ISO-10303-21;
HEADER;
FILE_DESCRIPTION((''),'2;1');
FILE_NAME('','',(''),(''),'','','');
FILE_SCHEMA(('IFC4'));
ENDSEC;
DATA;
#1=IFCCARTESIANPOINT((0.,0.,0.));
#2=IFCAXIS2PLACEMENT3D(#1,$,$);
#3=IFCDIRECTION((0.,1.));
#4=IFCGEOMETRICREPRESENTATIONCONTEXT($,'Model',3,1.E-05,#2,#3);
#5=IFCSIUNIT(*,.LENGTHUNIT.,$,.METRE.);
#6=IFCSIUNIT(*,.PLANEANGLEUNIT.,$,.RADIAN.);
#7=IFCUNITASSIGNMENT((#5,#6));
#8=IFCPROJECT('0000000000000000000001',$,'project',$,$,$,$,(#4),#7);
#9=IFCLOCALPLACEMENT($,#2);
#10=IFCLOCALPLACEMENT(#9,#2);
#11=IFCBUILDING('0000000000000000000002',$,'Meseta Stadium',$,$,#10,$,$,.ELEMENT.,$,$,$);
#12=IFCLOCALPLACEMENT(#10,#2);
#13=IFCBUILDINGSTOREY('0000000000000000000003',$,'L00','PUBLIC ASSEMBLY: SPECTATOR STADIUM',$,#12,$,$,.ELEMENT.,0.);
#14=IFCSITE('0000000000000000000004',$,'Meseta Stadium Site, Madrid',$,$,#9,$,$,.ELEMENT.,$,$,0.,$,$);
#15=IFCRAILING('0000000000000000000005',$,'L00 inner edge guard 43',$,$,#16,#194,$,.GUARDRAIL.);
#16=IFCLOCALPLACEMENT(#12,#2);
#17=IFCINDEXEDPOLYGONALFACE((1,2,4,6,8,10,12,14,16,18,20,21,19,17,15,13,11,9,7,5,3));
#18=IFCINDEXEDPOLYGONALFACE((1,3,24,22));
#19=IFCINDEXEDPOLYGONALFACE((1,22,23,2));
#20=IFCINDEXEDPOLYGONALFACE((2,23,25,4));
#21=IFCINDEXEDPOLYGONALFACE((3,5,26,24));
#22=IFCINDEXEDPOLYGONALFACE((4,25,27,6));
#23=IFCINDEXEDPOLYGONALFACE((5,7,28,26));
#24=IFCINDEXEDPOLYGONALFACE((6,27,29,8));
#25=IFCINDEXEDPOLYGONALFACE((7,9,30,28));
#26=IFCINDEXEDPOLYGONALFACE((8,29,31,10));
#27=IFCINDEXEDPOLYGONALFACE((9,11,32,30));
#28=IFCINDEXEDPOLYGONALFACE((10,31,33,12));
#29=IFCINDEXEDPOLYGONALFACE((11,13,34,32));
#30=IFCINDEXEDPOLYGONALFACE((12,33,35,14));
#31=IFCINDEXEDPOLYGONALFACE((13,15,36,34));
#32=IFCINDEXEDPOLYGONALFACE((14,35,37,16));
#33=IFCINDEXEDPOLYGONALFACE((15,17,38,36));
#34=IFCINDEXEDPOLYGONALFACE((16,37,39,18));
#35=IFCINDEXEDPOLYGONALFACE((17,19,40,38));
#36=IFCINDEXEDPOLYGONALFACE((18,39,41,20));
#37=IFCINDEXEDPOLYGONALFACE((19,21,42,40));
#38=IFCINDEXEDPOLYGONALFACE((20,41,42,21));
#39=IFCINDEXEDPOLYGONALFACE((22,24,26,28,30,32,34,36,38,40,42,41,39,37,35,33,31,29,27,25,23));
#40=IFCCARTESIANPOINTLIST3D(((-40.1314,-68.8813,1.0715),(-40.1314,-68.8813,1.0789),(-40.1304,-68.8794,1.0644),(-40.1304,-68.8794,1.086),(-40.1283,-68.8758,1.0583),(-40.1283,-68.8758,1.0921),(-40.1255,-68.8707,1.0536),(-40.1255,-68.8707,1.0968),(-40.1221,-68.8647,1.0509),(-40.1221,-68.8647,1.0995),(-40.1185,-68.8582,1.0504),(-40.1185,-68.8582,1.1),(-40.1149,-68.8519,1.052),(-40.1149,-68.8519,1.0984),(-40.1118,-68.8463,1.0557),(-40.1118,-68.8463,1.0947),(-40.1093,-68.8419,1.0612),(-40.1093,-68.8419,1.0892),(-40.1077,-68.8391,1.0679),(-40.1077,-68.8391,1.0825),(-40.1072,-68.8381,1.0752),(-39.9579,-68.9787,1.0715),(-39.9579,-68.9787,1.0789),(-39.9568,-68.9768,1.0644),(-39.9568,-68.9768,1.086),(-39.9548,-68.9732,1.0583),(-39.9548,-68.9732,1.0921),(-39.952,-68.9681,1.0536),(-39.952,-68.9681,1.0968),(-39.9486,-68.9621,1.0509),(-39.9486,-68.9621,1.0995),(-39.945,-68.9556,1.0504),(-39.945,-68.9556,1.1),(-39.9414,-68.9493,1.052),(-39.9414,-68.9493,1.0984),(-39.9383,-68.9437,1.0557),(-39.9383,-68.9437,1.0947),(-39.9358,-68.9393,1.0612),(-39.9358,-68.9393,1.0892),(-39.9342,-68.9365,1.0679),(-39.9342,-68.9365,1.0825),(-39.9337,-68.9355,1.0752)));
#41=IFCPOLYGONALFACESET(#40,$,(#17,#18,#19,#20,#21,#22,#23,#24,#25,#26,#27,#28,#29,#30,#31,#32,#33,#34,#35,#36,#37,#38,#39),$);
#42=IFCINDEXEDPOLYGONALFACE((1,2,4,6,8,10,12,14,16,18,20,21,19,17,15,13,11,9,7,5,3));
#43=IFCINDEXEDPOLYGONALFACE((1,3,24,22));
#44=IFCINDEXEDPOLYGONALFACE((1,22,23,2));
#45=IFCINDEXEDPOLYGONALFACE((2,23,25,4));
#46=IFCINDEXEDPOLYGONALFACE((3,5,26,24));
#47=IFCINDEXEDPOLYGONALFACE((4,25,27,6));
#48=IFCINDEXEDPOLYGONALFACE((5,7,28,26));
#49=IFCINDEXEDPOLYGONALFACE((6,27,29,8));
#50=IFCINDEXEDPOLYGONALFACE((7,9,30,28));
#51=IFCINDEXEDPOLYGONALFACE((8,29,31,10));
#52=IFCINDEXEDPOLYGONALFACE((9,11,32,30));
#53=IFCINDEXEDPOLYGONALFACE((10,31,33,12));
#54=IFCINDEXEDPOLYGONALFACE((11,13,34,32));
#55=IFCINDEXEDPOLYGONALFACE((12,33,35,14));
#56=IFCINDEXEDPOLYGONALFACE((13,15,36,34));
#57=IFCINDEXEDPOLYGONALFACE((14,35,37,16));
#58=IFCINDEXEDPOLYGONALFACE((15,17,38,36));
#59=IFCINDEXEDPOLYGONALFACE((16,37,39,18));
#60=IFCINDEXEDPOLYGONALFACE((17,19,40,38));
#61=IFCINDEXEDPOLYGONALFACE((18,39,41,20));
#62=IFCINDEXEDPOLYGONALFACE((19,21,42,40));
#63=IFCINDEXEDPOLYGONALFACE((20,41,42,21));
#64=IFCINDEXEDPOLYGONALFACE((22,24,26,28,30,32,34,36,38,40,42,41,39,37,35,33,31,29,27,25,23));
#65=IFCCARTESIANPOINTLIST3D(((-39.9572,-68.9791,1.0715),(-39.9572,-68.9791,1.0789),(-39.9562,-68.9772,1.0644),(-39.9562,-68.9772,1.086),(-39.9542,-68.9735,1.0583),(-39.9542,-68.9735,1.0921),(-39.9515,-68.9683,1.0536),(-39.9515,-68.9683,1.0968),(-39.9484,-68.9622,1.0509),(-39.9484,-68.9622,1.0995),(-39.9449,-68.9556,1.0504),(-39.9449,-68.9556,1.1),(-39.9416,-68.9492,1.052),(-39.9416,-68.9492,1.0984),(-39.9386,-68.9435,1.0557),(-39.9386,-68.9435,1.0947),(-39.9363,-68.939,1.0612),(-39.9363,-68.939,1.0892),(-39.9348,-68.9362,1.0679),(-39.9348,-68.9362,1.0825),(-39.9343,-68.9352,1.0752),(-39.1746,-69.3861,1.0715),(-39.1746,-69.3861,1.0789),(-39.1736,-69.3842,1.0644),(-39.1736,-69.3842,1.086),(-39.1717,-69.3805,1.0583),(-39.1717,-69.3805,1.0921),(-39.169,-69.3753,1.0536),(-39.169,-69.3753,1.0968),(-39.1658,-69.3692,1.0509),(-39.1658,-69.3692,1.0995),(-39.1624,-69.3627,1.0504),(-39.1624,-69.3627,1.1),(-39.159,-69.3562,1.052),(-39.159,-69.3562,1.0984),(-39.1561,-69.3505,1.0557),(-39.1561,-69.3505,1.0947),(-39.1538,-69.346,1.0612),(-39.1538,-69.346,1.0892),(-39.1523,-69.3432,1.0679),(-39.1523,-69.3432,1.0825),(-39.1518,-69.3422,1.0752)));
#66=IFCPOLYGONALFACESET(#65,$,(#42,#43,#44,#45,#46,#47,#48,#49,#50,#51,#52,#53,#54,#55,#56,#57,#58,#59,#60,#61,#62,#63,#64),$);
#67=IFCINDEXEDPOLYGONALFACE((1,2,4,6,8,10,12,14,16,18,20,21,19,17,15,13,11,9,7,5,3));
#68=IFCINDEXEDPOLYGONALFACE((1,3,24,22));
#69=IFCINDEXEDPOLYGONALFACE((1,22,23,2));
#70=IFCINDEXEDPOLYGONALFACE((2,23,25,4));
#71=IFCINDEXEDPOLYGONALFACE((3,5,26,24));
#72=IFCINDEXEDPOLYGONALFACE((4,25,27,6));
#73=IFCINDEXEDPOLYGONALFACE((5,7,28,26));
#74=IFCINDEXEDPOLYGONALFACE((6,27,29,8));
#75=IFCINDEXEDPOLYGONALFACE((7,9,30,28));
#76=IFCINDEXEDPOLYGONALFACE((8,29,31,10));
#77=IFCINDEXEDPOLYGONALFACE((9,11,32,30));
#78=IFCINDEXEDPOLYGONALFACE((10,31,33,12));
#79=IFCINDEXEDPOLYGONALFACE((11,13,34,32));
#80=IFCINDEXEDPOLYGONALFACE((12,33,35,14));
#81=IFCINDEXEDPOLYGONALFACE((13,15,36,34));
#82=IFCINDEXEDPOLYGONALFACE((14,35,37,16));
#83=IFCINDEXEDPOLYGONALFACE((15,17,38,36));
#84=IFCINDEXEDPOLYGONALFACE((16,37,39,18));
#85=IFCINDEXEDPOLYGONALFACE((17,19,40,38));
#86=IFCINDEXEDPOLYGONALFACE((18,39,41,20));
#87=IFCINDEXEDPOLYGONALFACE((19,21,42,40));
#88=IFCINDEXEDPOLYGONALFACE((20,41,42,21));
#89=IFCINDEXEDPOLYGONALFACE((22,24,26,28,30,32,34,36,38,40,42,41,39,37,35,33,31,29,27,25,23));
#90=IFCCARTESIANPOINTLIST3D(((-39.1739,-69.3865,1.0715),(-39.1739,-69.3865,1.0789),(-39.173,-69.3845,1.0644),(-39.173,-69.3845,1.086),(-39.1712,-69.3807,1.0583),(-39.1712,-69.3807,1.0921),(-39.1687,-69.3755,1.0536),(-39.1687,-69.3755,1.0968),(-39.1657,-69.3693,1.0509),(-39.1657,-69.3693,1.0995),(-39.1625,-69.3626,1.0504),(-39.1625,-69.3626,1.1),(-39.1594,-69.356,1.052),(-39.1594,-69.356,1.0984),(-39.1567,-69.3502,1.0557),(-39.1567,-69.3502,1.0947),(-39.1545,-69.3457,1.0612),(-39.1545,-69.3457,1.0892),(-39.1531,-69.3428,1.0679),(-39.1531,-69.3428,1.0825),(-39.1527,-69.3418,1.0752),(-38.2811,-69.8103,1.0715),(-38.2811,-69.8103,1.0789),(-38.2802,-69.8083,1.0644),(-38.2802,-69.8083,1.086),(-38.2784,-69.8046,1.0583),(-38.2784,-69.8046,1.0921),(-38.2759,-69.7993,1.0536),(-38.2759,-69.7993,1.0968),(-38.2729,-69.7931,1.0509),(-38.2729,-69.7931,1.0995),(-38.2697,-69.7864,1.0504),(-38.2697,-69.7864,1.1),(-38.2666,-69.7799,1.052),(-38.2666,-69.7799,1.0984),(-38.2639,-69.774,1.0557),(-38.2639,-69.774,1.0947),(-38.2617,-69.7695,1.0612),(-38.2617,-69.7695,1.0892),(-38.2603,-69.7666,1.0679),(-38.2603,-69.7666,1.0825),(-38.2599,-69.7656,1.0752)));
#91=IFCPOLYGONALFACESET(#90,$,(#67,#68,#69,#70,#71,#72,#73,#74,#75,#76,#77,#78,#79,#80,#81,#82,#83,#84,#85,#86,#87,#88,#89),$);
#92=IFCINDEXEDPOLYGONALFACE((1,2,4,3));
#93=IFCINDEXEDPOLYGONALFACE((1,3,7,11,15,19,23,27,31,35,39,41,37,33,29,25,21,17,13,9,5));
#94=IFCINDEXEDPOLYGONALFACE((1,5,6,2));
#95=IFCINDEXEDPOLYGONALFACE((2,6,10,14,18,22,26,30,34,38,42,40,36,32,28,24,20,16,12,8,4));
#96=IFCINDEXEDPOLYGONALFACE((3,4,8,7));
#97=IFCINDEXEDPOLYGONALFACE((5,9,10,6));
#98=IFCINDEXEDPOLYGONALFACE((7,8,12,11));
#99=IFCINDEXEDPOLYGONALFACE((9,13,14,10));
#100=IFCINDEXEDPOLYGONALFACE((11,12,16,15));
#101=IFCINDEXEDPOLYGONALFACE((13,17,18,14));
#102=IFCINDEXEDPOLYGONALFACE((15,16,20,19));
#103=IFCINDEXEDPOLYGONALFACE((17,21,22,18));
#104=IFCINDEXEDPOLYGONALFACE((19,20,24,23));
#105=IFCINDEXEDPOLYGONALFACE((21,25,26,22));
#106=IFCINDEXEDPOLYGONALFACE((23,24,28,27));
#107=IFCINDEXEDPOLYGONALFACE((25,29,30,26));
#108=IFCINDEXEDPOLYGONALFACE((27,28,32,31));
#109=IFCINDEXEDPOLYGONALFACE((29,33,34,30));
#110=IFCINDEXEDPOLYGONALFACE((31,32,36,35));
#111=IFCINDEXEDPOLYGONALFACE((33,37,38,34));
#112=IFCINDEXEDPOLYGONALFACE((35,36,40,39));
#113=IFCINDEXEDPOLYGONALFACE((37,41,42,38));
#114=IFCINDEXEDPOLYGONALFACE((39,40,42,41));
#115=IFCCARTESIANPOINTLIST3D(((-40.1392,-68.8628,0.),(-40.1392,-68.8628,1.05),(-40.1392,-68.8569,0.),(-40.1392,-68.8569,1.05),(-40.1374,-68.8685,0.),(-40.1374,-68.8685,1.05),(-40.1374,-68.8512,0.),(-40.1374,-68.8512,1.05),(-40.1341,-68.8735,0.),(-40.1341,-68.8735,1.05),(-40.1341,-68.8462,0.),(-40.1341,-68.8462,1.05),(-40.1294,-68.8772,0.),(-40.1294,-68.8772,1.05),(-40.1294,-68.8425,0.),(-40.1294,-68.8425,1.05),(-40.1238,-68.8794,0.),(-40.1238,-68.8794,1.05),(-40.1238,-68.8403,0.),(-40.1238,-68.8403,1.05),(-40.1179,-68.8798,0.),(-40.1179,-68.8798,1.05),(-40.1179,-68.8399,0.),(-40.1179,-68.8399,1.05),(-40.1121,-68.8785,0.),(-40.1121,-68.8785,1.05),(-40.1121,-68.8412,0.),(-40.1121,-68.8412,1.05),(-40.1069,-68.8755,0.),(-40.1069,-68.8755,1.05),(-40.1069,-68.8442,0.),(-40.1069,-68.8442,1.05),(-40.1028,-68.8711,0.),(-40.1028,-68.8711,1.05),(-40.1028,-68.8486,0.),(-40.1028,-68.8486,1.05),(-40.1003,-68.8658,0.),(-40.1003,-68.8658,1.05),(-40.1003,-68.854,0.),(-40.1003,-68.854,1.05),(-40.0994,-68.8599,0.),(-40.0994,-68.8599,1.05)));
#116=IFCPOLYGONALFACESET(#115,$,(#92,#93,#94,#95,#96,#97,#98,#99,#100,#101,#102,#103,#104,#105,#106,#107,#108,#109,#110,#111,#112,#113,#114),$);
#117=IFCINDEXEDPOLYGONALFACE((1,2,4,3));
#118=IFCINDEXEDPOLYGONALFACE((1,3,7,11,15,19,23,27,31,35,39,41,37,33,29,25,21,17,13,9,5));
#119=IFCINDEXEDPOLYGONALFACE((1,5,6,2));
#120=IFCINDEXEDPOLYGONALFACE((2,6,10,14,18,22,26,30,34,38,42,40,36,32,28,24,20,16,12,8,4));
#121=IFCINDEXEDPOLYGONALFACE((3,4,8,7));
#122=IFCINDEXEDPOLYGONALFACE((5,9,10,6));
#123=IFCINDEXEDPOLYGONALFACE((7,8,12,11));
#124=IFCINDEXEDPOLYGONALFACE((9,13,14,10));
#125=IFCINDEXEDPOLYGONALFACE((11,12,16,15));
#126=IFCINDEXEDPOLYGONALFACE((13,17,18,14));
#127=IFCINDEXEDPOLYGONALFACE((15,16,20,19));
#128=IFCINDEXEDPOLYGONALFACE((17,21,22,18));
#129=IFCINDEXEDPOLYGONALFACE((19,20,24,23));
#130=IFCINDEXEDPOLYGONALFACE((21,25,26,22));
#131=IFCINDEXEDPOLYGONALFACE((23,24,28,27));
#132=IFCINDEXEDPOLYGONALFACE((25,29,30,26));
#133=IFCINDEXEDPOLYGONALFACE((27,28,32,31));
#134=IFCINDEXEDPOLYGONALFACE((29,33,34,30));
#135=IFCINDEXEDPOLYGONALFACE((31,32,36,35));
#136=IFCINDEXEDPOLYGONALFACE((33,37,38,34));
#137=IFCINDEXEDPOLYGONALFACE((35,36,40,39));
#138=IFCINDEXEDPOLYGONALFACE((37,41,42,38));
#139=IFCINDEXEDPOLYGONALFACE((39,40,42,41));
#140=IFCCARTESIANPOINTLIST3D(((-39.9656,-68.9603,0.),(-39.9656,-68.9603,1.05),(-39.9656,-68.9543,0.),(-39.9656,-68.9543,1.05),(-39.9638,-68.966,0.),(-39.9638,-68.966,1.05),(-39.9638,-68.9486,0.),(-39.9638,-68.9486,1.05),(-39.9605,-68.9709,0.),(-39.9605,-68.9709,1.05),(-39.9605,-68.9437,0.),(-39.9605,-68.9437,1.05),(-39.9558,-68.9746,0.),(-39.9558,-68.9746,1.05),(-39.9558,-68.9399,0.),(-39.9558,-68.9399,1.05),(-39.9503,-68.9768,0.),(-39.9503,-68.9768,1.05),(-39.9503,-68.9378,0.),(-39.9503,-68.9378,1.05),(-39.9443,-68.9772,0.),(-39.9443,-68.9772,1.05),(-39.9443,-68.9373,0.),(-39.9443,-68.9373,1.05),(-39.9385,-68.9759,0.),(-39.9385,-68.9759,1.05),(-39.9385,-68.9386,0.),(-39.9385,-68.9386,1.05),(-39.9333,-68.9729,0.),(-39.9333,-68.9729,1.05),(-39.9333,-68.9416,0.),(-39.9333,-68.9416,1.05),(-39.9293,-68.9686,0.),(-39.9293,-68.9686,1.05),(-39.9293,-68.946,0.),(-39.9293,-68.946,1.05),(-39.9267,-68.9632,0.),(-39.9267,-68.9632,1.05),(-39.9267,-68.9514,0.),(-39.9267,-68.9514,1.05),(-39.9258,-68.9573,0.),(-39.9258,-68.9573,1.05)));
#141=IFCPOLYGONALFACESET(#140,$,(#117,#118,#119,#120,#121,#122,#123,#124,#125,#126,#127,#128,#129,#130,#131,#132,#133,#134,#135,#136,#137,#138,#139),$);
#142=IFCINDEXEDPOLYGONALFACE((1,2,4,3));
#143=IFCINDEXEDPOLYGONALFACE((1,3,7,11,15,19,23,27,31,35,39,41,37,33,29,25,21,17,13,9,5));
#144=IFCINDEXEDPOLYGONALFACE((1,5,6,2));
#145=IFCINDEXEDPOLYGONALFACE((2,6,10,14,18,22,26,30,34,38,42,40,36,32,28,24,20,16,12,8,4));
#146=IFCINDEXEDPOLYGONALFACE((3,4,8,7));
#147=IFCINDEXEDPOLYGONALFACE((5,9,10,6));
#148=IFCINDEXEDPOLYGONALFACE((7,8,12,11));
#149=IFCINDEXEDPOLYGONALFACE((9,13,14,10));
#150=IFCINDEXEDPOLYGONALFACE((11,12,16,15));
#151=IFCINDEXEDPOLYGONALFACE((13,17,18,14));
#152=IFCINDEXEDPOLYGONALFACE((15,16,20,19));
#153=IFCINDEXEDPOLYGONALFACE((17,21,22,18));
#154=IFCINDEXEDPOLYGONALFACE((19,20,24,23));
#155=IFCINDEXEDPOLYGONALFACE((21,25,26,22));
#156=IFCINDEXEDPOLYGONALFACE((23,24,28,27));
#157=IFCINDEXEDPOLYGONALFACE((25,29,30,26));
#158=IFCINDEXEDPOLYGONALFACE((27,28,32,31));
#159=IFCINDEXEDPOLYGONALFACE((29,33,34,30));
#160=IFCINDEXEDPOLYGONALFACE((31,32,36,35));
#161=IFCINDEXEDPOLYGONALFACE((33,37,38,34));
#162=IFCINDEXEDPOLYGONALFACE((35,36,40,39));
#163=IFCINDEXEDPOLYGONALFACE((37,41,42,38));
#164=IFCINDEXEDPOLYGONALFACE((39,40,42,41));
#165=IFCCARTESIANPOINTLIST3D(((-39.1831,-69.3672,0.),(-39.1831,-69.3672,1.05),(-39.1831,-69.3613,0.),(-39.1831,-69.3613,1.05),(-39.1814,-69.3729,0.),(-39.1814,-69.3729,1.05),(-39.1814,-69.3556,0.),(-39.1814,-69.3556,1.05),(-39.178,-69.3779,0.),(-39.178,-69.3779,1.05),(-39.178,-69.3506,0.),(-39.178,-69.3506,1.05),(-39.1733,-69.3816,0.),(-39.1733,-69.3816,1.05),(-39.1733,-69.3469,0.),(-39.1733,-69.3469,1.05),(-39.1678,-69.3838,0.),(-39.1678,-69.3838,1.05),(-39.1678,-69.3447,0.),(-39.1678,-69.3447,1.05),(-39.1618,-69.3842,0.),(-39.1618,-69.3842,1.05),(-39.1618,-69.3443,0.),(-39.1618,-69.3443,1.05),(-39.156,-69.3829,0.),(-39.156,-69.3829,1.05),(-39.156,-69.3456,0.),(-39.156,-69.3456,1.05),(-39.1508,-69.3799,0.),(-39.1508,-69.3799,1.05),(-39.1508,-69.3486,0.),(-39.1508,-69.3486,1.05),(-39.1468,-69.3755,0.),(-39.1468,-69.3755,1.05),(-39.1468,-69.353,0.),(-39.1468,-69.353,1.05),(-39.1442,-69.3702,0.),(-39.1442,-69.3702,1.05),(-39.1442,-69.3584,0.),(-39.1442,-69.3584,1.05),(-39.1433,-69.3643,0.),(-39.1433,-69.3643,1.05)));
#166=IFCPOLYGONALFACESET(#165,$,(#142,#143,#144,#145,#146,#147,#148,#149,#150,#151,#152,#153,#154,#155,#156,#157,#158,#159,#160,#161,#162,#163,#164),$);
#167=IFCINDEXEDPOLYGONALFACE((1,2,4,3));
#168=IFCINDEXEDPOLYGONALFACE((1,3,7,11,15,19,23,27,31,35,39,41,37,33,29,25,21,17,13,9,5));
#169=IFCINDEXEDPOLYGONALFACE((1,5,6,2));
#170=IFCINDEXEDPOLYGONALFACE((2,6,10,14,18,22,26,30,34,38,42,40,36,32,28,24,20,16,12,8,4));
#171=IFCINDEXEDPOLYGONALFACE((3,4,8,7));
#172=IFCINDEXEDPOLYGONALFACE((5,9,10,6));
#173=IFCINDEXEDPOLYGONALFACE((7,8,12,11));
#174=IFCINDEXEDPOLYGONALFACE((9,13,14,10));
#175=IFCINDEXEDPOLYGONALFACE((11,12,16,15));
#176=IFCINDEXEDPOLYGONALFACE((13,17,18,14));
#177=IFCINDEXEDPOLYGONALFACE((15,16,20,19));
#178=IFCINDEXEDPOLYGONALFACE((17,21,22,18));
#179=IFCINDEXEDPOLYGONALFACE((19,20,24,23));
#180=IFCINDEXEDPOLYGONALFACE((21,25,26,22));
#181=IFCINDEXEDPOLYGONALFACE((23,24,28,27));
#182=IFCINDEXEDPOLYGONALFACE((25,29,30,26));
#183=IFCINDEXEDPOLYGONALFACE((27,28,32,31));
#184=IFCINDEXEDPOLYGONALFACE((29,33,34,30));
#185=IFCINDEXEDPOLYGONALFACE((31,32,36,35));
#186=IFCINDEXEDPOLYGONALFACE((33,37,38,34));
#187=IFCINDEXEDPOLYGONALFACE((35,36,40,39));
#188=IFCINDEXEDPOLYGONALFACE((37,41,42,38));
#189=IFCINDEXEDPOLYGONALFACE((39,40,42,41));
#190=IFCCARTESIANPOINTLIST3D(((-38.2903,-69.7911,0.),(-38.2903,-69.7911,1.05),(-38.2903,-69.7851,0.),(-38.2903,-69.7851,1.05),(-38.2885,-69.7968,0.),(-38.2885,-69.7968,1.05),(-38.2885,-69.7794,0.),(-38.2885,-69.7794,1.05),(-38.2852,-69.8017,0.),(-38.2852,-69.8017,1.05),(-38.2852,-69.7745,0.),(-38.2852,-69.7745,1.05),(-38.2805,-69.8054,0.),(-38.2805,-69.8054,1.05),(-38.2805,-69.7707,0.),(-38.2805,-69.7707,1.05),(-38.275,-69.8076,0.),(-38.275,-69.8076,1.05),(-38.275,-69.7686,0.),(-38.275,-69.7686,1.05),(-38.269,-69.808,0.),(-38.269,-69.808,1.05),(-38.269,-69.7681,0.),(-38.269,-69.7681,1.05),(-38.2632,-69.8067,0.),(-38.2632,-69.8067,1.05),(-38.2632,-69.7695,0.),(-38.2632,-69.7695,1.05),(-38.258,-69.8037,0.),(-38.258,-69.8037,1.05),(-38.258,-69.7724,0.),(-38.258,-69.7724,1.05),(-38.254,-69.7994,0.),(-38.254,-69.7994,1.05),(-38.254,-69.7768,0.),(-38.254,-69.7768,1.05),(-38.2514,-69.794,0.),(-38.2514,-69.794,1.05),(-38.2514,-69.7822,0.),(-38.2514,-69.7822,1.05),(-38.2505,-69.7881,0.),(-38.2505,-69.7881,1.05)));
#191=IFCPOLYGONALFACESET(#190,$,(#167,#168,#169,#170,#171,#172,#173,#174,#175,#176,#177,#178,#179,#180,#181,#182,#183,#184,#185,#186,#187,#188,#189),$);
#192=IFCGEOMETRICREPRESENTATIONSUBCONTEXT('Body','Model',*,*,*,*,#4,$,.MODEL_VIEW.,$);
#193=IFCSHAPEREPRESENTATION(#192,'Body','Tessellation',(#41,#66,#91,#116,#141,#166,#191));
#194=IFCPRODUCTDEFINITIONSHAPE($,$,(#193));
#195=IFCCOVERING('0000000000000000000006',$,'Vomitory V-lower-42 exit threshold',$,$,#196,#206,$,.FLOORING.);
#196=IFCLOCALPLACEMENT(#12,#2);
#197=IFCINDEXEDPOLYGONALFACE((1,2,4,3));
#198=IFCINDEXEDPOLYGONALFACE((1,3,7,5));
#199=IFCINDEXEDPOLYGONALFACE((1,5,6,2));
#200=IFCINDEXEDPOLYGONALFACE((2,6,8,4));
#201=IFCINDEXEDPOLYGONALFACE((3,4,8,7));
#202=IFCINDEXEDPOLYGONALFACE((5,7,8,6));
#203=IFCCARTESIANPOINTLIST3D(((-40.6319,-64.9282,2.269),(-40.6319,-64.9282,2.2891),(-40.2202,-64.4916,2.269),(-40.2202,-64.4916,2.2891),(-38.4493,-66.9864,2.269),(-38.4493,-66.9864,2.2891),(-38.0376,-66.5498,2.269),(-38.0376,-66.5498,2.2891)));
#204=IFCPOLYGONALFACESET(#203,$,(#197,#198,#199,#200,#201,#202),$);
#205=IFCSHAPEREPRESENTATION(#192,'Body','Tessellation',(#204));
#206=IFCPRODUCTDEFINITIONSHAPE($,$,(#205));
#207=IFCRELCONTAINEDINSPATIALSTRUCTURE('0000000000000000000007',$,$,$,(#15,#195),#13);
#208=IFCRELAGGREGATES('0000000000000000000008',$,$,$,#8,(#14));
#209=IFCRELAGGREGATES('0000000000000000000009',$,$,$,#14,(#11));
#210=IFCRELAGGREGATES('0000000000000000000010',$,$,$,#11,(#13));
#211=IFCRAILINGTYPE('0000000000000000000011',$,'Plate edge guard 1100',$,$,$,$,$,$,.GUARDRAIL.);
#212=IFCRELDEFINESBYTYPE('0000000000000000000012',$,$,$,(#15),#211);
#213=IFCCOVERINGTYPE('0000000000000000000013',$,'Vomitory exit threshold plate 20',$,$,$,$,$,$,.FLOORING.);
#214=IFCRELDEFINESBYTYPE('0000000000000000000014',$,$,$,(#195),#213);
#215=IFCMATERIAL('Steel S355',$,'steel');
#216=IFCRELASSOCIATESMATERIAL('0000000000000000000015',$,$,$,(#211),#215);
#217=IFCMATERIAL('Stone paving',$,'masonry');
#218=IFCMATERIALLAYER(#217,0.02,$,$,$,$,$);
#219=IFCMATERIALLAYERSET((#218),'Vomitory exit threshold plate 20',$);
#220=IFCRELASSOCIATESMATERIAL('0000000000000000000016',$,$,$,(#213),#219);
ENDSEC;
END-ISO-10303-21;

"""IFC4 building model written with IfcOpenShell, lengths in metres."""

from ifc_helpers import new_model, si_unit, direction, frame, origin, origin_2d, place, context, subcontext, project, spatial, rectangle, circle, extrude, material, layer, layer_set, type_object, element, save


model = new_model("IFC4")

# Units and contexts
model_context = context("Model", 3, precision=1e-05, world=origin(), true_north=direction((0.0, 1.0)))
body_context = subcontext(model_context, "Body", "Model", "MODEL_VIEW")
ifc_project = project(units=[si_unit("LENGTHUNIT", "METRE"), si_unit("PLANEANGLEUNIT", "RADIAN")], contexts=[model_context])

# Site, building, storey
site_placement = place(None, origin())
site = spatial("IfcSite", under=ifc_project, at=site_placement, Name="Meseta Stadium Site, Madrid", CompositionType="ELEMENT", RefElevation=0.0)
building_placement = place(site_placement, origin())
building = spatial("IfcBuilding", under=site, at=building_placement, Name="Meseta Stadium", CompositionType="ELEMENT")
storey_placement = place(building_placement, origin())
storey = spatial("IfcBuildingStorey", under=building, at=storey_placement, Name="L00", Description="PUBLIC ASSEMBLY: SPECTATOR STADIUM", CompositionType="ELEMENT", Elevation=0.0)

# Railing
ifc_material_1 = material(Name="Steel S355", Category="steel")
railing_type_1 = type_object("IfcRailingType", Name="Plate edge guard 1100", PredefinedType="GUARDRAIL", material=ifc_material_1)
railing_1_placement = place(storey_placement, frame((-40.1194, -68.8599, 0.0)))
element("IfcRailing", 1, at=railing_1_placement, inside=storey, type_object=railing_type_1, Name="L00 inner edge guard 43", PredefinedType="GUARDRAIL", context=body_context, shape_type="SweptSolid", body=[
    extrude(circle(Radius=0.0249, at=origin_2d()), frame((0.0, 0.0, 1.0752), z_axis=(0.872066, -0.489387, 0.0), x_axis=(0.489387, 0.872066, 0.0)), (0.0, 0.0, 1.0), 0.199),
    extrude(circle(Radius=0.0249, at=origin_2d()), frame((0.1736, -0.0974, 1.0752), z_axis=(0.887171, -0.46144, 0.0), x_axis=(0.46144, 0.887171, 0.0)), (0.0, 0.0, 1.0), 0.8821),
    extrude(circle(Radius=0.0249, at=origin_2d()), frame((0.9561, -0.5044, 1.0752), z_axis=(0.90338, -0.42884, 0.0), x_axis=(0.42884, 0.90338, 0.0)), (0.0, 0.0, 1.0), 0.9883),
    extrude(circle(Radius=0.02, at=origin_2d()), origin(), (0.0, 0.0, 1.0), 1.05),
    extrude(circle(Radius=0.02, at=origin_2d()), frame((0.1736, -0.0974, 0.0)), (0.0, 0.0, 1.0), 1.05),
    extrude(circle(Radius=0.02, at=origin_2d()), frame((0.9561, -0.5044, 0.0)), (0.0, 0.0, 1.0), 1.05),
    extrude(circle(Radius=0.02, at=origin_2d()), frame((1.8489, -0.9282, 0.0)), (0.0, 0.0, 1.0), 1.05),
])

# Covering
ifc_material_2 = material(Name="Stone paving", Category="masonry")
ifc_layer = layer(ifc_material_2, 0.02)
ifc_layer_set = layer_set([ifc_layer], Name="Vomitory exit threshold plate 20")
covering_type = type_object("IfcCoveringType", Name="Vomitory exit threshold plate 20", PredefinedType="FLOORING", material=ifc_layer_set)
for number, where, z_axis, x_axis, name in (
    (2, (-39.3347, -65.739, 2.269), (0.0, 0.0, 1.0), (0.686065, 0.727541, 0.0), "Vomitory V-lower-42 exit threshold"),
):
    element("IfcCovering", number, at=place(storey_placement, frame(where, z_axis=z_axis, x_axis=x_axis)), inside=storey, type_object=covering_type, Name=name, PredefinedType="FLOORING", context=body_context, shape_type="SweptSolid", body=[
        extrude(rectangle(XDim=0.6001, YDim=3.0, at=origin_2d()), origin(), (0.0, 0.0, 1.0), 0.02),
    ])

save(model, "model.ifc")
